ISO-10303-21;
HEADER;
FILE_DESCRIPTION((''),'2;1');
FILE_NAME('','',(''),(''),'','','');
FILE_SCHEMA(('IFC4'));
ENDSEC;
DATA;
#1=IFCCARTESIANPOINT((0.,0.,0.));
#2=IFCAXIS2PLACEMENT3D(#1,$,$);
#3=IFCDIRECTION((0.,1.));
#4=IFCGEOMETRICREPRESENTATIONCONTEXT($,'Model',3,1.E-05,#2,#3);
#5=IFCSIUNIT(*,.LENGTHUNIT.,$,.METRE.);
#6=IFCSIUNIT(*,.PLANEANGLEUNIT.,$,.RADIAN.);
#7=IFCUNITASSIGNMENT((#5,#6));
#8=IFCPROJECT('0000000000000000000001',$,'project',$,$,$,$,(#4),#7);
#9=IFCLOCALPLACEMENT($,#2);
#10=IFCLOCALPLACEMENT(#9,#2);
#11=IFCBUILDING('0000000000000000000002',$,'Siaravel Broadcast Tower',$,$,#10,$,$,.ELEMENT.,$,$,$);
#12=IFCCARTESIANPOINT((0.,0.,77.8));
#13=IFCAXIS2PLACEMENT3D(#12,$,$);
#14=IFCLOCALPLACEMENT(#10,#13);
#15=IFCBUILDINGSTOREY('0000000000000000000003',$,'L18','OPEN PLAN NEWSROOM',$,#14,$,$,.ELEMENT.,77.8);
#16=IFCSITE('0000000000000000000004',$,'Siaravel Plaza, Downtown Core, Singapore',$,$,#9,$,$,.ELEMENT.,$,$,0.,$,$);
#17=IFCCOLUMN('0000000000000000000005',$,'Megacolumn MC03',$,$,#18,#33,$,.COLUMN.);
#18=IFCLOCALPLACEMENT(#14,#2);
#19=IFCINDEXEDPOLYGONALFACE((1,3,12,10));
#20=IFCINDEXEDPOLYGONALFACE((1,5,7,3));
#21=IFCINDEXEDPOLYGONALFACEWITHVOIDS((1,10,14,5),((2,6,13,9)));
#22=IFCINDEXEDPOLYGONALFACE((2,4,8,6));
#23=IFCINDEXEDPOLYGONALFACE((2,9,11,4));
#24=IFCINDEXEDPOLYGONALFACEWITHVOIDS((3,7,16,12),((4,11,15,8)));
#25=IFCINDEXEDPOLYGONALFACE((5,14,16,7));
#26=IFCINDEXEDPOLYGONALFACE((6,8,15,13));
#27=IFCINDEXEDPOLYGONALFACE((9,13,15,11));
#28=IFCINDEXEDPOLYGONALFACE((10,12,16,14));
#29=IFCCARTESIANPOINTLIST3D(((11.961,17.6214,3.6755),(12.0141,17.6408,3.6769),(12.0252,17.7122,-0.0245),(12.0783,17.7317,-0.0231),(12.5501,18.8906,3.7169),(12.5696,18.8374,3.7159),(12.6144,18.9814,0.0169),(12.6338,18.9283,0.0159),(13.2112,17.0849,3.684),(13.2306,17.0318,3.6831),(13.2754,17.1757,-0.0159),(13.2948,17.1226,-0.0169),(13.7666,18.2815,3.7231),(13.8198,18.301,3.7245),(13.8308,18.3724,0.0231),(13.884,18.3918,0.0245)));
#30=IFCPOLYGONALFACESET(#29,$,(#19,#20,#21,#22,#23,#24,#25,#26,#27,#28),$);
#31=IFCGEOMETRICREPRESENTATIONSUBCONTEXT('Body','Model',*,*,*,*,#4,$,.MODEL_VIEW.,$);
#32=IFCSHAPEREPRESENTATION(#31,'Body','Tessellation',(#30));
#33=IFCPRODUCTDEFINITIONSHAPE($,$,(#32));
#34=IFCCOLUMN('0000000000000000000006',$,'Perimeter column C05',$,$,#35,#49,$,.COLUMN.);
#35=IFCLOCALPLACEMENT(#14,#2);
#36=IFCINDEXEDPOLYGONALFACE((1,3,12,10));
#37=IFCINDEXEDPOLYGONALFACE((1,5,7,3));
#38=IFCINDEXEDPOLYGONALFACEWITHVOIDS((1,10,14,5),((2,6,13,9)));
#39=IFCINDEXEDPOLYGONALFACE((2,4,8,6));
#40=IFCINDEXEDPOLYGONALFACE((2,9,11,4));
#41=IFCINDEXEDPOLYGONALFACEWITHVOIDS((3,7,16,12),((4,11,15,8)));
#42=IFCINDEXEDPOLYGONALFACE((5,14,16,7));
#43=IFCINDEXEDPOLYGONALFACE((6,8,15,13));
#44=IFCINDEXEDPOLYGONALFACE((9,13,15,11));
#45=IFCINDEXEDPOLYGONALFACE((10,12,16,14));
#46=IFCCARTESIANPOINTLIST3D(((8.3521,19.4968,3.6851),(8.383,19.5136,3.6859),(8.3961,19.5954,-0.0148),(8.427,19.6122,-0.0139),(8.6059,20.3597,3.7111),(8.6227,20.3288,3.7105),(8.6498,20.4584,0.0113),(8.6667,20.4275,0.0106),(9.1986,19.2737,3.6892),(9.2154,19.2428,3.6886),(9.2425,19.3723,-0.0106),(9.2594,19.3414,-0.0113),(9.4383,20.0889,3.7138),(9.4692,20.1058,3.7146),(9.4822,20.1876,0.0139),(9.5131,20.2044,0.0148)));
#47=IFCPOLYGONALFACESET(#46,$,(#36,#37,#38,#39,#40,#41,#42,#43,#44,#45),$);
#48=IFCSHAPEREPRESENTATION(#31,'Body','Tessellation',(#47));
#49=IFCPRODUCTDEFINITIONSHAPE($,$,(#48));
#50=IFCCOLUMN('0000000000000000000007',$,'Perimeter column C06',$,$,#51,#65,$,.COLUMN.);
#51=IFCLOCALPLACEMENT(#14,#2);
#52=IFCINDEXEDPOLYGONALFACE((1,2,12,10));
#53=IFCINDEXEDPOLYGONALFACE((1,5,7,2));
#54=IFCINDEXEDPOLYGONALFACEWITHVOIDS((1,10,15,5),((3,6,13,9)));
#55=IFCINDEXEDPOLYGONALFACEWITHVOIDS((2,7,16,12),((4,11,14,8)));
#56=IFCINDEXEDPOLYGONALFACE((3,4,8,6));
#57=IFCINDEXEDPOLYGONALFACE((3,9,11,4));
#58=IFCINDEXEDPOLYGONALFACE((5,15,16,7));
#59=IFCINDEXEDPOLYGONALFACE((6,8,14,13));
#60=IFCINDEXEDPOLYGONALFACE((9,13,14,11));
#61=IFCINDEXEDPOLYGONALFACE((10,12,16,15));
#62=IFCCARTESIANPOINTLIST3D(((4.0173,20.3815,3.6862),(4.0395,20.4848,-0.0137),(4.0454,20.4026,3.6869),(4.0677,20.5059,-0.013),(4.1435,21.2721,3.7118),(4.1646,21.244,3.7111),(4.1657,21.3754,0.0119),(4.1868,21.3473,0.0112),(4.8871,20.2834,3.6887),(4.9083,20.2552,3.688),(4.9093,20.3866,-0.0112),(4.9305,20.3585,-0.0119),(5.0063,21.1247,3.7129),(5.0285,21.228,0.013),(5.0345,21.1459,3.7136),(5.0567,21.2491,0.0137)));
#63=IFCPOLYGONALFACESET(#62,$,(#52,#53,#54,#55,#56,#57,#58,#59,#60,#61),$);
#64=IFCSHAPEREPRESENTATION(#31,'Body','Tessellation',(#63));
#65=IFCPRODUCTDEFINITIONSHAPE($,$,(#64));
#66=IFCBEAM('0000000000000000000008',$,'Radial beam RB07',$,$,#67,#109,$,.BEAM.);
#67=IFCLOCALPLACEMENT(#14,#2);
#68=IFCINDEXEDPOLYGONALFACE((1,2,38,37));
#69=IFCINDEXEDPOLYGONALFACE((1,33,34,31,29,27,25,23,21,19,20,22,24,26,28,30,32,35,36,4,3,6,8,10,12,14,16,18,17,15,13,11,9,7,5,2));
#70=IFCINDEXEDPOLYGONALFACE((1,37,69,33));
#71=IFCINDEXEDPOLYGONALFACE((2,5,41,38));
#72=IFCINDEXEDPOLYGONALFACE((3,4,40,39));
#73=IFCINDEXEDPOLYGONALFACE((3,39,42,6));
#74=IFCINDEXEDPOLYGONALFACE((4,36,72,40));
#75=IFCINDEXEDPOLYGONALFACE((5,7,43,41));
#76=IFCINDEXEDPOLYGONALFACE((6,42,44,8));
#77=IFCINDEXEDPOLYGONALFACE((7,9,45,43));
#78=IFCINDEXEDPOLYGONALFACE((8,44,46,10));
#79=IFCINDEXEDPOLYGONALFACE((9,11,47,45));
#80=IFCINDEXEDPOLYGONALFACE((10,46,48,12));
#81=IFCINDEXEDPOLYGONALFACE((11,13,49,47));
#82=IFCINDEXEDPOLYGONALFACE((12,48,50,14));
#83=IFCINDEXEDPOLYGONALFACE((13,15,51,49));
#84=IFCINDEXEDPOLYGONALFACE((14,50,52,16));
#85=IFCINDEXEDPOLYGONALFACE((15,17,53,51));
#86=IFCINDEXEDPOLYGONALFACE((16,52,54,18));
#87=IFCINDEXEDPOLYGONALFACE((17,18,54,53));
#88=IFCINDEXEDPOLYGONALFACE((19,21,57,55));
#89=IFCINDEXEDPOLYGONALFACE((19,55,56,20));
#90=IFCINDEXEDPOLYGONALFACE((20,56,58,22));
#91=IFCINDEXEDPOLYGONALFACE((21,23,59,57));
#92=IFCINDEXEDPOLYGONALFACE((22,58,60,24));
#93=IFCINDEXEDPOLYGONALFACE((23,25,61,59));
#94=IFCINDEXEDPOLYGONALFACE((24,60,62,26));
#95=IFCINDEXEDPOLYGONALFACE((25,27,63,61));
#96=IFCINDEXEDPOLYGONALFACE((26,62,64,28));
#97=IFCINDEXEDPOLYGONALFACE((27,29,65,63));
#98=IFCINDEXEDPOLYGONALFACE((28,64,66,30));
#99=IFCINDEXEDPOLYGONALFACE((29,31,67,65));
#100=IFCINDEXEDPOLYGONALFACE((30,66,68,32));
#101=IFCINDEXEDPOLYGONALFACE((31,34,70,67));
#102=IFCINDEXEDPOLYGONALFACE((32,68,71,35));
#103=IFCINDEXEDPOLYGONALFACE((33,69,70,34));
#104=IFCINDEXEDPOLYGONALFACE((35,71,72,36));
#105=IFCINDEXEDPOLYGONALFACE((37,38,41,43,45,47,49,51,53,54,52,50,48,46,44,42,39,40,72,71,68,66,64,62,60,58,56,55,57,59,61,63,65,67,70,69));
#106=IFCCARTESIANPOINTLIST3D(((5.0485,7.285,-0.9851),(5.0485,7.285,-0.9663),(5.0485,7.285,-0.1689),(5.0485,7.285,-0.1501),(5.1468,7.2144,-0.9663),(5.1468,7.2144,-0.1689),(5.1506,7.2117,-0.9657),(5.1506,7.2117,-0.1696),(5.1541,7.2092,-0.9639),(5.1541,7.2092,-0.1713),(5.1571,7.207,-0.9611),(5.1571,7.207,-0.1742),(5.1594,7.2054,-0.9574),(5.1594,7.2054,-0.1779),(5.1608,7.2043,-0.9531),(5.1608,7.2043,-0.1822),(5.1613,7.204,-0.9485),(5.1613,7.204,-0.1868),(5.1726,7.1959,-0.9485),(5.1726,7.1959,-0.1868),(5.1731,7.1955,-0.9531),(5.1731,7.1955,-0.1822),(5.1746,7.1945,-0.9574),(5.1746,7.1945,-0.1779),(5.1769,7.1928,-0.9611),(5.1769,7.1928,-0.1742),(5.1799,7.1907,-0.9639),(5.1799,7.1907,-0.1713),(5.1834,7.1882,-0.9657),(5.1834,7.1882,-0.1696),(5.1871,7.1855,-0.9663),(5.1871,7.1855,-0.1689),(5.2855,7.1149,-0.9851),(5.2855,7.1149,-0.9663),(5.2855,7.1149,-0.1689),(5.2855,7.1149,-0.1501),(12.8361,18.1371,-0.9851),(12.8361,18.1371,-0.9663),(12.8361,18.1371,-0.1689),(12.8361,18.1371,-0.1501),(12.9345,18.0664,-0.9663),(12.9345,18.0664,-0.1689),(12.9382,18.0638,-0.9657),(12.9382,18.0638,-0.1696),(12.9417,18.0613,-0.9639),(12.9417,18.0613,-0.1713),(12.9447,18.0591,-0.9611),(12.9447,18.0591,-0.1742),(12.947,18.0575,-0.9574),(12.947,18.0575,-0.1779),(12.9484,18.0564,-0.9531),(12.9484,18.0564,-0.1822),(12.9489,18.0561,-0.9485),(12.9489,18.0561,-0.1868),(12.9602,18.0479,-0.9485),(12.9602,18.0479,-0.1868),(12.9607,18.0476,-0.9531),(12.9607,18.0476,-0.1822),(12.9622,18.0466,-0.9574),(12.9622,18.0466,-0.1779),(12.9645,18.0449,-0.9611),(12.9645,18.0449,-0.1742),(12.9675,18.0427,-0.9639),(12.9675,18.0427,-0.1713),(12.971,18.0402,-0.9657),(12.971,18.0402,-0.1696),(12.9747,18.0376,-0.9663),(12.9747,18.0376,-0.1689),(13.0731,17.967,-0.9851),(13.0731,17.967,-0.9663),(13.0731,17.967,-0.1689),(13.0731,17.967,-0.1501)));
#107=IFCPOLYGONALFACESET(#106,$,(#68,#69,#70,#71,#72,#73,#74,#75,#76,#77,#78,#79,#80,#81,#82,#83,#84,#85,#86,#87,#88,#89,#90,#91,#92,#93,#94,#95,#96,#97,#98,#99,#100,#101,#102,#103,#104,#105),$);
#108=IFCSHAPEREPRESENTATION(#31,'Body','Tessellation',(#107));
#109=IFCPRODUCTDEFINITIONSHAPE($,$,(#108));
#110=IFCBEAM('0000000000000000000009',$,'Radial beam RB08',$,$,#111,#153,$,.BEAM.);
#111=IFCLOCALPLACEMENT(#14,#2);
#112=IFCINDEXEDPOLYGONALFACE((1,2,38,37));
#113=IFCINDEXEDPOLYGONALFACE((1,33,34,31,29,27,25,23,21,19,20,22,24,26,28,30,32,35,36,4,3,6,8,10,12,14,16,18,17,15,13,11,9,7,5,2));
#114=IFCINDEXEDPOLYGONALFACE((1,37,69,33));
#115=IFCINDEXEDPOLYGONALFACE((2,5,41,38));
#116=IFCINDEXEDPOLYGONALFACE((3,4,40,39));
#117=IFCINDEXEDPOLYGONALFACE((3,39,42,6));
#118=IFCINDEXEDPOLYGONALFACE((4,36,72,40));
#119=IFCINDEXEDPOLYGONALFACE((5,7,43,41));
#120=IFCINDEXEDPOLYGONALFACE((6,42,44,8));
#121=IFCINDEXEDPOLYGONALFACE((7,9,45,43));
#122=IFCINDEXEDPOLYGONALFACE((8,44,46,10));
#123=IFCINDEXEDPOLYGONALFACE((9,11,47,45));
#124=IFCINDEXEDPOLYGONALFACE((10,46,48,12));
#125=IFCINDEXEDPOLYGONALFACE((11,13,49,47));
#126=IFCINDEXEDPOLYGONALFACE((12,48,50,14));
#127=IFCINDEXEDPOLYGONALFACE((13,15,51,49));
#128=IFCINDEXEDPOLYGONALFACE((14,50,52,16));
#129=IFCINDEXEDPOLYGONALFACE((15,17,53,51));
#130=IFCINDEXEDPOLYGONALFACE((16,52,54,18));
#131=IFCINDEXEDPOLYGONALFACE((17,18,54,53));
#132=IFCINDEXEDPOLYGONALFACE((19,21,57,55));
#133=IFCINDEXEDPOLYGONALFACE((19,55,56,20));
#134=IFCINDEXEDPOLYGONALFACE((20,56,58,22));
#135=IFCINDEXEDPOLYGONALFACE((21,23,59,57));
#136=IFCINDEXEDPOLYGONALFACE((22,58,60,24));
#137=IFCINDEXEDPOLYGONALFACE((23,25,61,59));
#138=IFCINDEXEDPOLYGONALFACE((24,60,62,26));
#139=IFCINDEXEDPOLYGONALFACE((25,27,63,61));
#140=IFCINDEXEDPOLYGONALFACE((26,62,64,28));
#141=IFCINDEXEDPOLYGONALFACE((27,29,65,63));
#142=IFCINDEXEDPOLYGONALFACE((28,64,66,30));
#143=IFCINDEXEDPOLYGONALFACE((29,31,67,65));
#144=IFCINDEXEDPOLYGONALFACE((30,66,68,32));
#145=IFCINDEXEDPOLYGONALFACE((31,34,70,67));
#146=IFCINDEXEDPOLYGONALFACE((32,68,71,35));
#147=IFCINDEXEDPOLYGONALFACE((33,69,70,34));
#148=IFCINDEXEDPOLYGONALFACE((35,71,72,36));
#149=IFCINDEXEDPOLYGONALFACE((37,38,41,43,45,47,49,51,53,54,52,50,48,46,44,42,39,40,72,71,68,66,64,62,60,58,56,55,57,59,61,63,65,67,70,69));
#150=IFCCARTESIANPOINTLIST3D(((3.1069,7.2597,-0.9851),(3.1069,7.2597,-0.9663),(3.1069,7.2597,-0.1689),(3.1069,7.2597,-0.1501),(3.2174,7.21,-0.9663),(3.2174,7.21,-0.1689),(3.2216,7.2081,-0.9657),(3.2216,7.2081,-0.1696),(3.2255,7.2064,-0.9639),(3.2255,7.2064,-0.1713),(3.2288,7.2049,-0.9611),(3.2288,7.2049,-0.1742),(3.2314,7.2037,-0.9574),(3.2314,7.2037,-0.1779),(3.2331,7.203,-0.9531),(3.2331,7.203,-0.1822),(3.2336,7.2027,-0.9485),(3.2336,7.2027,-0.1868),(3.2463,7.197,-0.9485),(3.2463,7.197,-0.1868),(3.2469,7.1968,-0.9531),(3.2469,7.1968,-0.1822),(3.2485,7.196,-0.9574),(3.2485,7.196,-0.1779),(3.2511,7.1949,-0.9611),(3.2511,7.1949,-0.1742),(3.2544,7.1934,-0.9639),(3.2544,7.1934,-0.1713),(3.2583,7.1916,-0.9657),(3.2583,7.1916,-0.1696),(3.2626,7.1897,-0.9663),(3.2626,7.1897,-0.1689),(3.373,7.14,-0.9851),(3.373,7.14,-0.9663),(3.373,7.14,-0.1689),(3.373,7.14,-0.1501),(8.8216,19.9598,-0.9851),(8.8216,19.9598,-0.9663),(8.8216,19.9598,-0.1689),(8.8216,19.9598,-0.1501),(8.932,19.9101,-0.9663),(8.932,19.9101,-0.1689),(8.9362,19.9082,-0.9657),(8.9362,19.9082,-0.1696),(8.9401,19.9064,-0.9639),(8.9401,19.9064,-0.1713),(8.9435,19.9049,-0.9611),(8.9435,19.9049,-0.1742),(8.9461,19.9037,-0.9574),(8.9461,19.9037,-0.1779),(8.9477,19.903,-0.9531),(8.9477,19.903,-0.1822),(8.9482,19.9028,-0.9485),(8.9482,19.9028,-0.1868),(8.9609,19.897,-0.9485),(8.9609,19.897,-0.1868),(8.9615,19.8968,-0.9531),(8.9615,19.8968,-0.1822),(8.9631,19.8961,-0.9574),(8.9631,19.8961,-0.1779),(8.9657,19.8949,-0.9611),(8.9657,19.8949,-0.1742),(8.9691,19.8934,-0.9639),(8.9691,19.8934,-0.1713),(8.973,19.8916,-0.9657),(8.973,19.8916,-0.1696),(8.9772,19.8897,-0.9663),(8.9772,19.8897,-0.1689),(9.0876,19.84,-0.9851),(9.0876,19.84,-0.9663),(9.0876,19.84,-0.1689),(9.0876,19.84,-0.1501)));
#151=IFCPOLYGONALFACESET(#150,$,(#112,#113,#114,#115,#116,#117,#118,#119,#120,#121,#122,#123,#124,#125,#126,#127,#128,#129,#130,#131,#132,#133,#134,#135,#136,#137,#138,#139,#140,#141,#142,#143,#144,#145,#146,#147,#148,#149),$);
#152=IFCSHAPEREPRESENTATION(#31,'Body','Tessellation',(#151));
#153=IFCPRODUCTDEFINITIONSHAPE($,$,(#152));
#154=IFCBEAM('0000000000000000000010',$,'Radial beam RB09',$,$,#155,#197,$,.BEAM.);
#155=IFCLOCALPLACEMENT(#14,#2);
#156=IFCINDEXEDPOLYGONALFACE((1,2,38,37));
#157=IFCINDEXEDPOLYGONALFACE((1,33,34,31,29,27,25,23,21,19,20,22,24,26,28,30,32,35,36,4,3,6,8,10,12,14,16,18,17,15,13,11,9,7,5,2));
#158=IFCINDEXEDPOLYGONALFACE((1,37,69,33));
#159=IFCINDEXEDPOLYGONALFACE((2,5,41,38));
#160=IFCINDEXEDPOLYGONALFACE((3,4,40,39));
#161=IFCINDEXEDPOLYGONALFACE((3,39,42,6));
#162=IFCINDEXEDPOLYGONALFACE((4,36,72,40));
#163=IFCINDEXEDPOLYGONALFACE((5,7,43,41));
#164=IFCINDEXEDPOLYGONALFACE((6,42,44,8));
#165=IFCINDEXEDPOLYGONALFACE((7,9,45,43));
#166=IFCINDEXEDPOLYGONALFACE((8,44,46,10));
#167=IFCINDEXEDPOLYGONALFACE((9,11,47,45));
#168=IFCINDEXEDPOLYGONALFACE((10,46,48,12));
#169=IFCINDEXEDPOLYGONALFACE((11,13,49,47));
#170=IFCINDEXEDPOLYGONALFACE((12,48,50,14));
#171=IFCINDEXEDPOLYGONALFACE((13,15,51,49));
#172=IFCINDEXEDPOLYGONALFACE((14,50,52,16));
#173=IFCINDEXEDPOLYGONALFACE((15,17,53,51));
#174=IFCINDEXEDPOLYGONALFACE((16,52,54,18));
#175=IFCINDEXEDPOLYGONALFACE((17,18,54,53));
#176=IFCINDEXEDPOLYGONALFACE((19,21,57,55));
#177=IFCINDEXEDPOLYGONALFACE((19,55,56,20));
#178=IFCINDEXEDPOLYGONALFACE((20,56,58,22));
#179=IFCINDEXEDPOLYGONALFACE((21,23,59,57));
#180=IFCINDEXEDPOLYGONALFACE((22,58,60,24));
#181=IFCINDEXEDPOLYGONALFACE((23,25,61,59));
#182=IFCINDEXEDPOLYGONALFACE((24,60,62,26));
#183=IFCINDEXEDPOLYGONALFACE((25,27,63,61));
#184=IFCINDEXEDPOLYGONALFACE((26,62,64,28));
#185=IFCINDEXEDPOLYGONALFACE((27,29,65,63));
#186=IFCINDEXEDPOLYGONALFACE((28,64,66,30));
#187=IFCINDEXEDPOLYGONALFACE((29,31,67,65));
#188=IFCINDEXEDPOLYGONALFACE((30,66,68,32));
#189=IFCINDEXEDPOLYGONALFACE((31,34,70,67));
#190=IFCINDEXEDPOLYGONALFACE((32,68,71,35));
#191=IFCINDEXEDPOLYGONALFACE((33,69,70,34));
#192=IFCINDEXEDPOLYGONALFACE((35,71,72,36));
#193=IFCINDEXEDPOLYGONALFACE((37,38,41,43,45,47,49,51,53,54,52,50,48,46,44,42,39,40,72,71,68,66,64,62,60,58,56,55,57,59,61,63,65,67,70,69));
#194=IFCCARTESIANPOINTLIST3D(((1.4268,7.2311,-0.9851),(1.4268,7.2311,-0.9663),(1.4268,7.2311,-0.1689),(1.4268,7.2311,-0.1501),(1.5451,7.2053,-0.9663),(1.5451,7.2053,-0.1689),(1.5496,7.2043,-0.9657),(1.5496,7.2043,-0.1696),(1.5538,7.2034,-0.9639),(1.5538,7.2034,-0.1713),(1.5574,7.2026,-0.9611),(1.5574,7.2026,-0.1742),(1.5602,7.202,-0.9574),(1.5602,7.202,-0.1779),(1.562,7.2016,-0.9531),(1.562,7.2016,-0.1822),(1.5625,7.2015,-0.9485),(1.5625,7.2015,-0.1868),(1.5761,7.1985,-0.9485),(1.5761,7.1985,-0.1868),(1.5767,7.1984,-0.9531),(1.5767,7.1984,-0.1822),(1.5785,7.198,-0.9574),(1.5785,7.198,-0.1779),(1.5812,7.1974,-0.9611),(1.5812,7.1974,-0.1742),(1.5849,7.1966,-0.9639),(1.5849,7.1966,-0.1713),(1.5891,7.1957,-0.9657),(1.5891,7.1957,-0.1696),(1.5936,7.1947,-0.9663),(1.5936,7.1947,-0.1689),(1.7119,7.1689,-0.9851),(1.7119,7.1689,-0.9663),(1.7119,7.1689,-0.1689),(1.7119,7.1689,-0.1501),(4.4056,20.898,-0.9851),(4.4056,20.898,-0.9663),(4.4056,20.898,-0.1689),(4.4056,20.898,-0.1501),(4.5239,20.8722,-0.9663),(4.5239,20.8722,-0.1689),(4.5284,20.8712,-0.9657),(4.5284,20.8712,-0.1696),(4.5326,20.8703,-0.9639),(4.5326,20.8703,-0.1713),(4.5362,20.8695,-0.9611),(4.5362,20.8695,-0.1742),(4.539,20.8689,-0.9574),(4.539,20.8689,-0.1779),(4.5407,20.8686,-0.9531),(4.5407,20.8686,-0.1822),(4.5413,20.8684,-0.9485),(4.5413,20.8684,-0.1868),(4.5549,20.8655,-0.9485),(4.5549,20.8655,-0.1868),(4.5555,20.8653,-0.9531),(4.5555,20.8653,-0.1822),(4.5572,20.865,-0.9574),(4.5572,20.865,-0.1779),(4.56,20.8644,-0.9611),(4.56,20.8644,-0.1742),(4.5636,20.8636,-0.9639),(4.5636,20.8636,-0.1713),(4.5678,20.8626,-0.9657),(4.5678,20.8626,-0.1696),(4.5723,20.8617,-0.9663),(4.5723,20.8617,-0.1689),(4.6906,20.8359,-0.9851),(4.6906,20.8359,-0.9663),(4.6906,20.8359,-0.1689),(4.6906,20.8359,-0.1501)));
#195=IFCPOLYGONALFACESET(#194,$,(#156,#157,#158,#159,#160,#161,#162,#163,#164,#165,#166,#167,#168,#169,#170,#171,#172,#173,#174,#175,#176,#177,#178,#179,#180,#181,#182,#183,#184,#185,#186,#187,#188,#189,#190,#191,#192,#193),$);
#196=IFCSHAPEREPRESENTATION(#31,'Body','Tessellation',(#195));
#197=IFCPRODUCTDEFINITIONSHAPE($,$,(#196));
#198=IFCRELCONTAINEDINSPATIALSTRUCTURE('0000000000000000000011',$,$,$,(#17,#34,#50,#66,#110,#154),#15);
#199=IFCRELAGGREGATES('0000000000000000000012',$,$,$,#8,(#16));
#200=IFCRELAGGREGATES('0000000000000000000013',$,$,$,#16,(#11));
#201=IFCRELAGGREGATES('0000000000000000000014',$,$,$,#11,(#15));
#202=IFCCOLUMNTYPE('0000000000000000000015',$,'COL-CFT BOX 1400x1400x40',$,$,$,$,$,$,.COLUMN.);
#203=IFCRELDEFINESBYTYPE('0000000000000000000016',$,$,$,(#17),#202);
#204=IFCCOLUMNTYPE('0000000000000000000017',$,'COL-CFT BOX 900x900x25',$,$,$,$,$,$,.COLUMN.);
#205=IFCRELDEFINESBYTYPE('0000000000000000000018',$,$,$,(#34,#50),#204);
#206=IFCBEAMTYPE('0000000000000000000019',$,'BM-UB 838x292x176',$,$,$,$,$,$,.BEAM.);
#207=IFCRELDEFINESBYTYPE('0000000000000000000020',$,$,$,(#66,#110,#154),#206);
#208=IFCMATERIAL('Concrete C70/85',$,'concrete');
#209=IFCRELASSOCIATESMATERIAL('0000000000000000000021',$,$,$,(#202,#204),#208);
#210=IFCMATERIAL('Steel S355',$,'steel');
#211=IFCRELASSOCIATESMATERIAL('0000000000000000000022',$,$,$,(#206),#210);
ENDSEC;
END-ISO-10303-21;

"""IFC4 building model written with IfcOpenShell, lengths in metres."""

from ifc_helpers import new_model, si_unit, direction, frame, origin, origin_2d, place, context, subcontext, project, spatial, hollow_rectangle, i_section, extrude, material, material_profile, profile_set, type_object, element, save


model = new_model("IFC4")

# Units and contexts
model_context = context("Model", 3, precision=1e-05, world=origin(), true_north=direction((0.0, 1.0)))
body_context = subcontext(model_context, "Body", "Model", "MODEL_VIEW")
ifc_project = project(units=[si_unit("LENGTHUNIT", "METRE"), si_unit("PLANEANGLEUNIT", "RADIAN")], contexts=[model_context])

# Site, building, storey
site_placement = place(None, origin())
site = spatial("IfcSite", under=ifc_project, at=site_placement, Name="Siaravel Plaza, Downtown Core, Singapore", CompositionType="ELEMENT", RefElevation=0.0)
building_placement = place(site_placement, origin())
building = spatial("IfcBuilding", under=site, at=building_placement, Name="Siaravel Broadcast Tower", CompositionType="ELEMENT")
storey_placement = place(building_placement, frame((0.0, 0.0, 77.8)))
storey = spatial("IfcBuildingStorey", under=building, at=storey_placement, Name="L18", Description="OPEN PLAN NEWSROOM", CompositionType="ELEMENT", Elevation=77.8)

# Columns
ifc_material_1 = material(Name="Concrete C70/85", Category="concrete")
ifc_material_profile_1 = material_profile(ifc_material_1, hollow_rectangle(XDim=1.3999, YDim=1.3999, WallThickness=0.04, at=origin_2d()))
ifc_profile_set_1 = profile_set([ifc_material_profile_1], Name="Concrete C70/85")
column_type_1 = type_object("IfcColumnType", Name="COL-CFT BOX 1400x1400x40", PredefinedType="COLUMN", material=ifc_profile_set_1)
column_placement = place(storey_placement, frame((12.9546, 18.052, 0.0), z_axis=(-0.017346, -0.024535, 0.999548), x_axis=(0.906954, -0.421195, 0.0054)))
element("IfcColumn", 1, at=column_placement, inside=storey, type_object=column_type_1, Name="Megacolumn MC03", PredefinedType="COLUMN", context=body_context, shape_type="SweptSolid", body=[
    extrude(hollow_rectangle(XDim=1.3999, YDim=1.3999, WallThickness=0.04, at=origin_2d()), origin(), (0.0, 0.0, 1.0), 3.7017),
])
ifc_material_profile_2 = material_profile(ifc_material_1, hollow_rectangle(XDim=0.8999, YDim=0.8999, WallThickness=0.0249, at=origin_2d()))
ifc_profile_set_2 = profile_set([ifc_material_profile_2], Name="Concrete C70/85")
column_type_2 = type_object("IfcColumnType", Name="COL-CFT BOX 900x900x25", PredefinedType="COLUMN", material=ifc_profile_set_2)
for number, where, z_axis, x_axis, name in (
    (2, (8.9546, 19.8999, 0.0), (-0.011872, -0.026647, 0.999574), (0.959345, -0.282211, 0.003871), "Perimeter column C05"),
    (3, (4.5481, 20.8669, 0.0), (-0.006002, -0.0279, 0.999593), (0.990106, -0.140307, 0.002029), "Perimeter column C06"),
):
    element("IfcColumn", number, at=place(storey_placement, frame(where, z_axis=z_axis, x_axis=x_axis)), inside=storey, type_object=column_type_2, Name=name, PredefinedType="COLUMN", context=body_context, shape_type="SweptSolid", body=[
        extrude(hollow_rectangle(XDim=0.8999, YDim=0.8999, WallThickness=0.0249, at=origin_2d()), origin(), (0.0, 0.0, 1.0), 3.7014),
    ])

# Beams
ifc_material_2 = material(Name="Steel S355", Category="steel")
ifc_material_profile_3 = material_profile(ifc_material_2, i_section(OverallWidth=0.2917, OverallDepth=0.835, WebThickness=0.0139, FlangeThickness=0.0188, FilletRadius=0.0178, at=origin_2d()))
ifc_profile_set_3 = profile_set([ifc_material_profile_3], Name="Steel S355")
beam_type = type_object("IfcBeamType", Name="BM-UB 838x292x176", PredefinedType="BEAM", material=ifc_profile_set_3)
beam_1_placement = place(storey_placement, frame((12.9546, 18.052, -0.5676), z_axis=(-0.583028, -0.812452, 0.0), x_axis=(0.812452, -0.583028, 0.0)))
element("IfcBeam", 4, at=beam_1_placement, inside=storey, type_object=beam_type, Name="Radial beam RB07", PredefinedType="BEAM", context=body_context, shape_type="SweptSolid", body=[
    extrude(i_section(OverallWidth=0.2917, OverallDepth=0.835, WebThickness=0.0139, FlangeThickness=0.0188, FilletRadius=0.0178, at=origin_2d()), origin(), (0.0, 0.0, 1.0), 13.3572),
])
beam_2_placement = place(storey_placement, frame((8.9546, 19.8999, -0.5676), z_axis=(-0.410342, -0.911932, 0.0), x_axis=(0.911932, -0.410342, 0.0)))
element("IfcBeam", 5, at=beam_2_placement, inside=storey, type_object=beam_type, Name="Radial beam RB08", PredefinedType="BEAM", context=body_context, shape_type="SweptSolid", body=[
    extrude(i_section(OverallWidth=0.2917, OverallDepth=0.835, WebThickness=0.0139, FlangeThickness=0.0188, FilletRadius=0.0178, at=origin_2d()), origin(), (0.0, 0.0, 1.0), 13.9265),
])
beam_3_placement = place(storey_placement, frame((4.5481, 20.8669, -0.5676), z_axis=(-0.212954, -0.977062, 0.0), x_axis=(0.977062, -0.212954, 0.0)))
element("IfcBeam", 6, at=beam_3_placement, inside=storey, type_object=beam_type, Name="Radial beam RB09", PredefinedType="BEAM", context=body_context, shape_type="SweptSolid", body=[
    extrude(i_section(OverallWidth=0.2917, OverallDepth=0.835, WebThickness=0.0139, FlangeThickness=0.0188, FilletRadius=0.0178, at=origin_2d()), origin(), (0.0, 0.0, 1.0), 13.9878),
])

save(model, "model.ifc")
